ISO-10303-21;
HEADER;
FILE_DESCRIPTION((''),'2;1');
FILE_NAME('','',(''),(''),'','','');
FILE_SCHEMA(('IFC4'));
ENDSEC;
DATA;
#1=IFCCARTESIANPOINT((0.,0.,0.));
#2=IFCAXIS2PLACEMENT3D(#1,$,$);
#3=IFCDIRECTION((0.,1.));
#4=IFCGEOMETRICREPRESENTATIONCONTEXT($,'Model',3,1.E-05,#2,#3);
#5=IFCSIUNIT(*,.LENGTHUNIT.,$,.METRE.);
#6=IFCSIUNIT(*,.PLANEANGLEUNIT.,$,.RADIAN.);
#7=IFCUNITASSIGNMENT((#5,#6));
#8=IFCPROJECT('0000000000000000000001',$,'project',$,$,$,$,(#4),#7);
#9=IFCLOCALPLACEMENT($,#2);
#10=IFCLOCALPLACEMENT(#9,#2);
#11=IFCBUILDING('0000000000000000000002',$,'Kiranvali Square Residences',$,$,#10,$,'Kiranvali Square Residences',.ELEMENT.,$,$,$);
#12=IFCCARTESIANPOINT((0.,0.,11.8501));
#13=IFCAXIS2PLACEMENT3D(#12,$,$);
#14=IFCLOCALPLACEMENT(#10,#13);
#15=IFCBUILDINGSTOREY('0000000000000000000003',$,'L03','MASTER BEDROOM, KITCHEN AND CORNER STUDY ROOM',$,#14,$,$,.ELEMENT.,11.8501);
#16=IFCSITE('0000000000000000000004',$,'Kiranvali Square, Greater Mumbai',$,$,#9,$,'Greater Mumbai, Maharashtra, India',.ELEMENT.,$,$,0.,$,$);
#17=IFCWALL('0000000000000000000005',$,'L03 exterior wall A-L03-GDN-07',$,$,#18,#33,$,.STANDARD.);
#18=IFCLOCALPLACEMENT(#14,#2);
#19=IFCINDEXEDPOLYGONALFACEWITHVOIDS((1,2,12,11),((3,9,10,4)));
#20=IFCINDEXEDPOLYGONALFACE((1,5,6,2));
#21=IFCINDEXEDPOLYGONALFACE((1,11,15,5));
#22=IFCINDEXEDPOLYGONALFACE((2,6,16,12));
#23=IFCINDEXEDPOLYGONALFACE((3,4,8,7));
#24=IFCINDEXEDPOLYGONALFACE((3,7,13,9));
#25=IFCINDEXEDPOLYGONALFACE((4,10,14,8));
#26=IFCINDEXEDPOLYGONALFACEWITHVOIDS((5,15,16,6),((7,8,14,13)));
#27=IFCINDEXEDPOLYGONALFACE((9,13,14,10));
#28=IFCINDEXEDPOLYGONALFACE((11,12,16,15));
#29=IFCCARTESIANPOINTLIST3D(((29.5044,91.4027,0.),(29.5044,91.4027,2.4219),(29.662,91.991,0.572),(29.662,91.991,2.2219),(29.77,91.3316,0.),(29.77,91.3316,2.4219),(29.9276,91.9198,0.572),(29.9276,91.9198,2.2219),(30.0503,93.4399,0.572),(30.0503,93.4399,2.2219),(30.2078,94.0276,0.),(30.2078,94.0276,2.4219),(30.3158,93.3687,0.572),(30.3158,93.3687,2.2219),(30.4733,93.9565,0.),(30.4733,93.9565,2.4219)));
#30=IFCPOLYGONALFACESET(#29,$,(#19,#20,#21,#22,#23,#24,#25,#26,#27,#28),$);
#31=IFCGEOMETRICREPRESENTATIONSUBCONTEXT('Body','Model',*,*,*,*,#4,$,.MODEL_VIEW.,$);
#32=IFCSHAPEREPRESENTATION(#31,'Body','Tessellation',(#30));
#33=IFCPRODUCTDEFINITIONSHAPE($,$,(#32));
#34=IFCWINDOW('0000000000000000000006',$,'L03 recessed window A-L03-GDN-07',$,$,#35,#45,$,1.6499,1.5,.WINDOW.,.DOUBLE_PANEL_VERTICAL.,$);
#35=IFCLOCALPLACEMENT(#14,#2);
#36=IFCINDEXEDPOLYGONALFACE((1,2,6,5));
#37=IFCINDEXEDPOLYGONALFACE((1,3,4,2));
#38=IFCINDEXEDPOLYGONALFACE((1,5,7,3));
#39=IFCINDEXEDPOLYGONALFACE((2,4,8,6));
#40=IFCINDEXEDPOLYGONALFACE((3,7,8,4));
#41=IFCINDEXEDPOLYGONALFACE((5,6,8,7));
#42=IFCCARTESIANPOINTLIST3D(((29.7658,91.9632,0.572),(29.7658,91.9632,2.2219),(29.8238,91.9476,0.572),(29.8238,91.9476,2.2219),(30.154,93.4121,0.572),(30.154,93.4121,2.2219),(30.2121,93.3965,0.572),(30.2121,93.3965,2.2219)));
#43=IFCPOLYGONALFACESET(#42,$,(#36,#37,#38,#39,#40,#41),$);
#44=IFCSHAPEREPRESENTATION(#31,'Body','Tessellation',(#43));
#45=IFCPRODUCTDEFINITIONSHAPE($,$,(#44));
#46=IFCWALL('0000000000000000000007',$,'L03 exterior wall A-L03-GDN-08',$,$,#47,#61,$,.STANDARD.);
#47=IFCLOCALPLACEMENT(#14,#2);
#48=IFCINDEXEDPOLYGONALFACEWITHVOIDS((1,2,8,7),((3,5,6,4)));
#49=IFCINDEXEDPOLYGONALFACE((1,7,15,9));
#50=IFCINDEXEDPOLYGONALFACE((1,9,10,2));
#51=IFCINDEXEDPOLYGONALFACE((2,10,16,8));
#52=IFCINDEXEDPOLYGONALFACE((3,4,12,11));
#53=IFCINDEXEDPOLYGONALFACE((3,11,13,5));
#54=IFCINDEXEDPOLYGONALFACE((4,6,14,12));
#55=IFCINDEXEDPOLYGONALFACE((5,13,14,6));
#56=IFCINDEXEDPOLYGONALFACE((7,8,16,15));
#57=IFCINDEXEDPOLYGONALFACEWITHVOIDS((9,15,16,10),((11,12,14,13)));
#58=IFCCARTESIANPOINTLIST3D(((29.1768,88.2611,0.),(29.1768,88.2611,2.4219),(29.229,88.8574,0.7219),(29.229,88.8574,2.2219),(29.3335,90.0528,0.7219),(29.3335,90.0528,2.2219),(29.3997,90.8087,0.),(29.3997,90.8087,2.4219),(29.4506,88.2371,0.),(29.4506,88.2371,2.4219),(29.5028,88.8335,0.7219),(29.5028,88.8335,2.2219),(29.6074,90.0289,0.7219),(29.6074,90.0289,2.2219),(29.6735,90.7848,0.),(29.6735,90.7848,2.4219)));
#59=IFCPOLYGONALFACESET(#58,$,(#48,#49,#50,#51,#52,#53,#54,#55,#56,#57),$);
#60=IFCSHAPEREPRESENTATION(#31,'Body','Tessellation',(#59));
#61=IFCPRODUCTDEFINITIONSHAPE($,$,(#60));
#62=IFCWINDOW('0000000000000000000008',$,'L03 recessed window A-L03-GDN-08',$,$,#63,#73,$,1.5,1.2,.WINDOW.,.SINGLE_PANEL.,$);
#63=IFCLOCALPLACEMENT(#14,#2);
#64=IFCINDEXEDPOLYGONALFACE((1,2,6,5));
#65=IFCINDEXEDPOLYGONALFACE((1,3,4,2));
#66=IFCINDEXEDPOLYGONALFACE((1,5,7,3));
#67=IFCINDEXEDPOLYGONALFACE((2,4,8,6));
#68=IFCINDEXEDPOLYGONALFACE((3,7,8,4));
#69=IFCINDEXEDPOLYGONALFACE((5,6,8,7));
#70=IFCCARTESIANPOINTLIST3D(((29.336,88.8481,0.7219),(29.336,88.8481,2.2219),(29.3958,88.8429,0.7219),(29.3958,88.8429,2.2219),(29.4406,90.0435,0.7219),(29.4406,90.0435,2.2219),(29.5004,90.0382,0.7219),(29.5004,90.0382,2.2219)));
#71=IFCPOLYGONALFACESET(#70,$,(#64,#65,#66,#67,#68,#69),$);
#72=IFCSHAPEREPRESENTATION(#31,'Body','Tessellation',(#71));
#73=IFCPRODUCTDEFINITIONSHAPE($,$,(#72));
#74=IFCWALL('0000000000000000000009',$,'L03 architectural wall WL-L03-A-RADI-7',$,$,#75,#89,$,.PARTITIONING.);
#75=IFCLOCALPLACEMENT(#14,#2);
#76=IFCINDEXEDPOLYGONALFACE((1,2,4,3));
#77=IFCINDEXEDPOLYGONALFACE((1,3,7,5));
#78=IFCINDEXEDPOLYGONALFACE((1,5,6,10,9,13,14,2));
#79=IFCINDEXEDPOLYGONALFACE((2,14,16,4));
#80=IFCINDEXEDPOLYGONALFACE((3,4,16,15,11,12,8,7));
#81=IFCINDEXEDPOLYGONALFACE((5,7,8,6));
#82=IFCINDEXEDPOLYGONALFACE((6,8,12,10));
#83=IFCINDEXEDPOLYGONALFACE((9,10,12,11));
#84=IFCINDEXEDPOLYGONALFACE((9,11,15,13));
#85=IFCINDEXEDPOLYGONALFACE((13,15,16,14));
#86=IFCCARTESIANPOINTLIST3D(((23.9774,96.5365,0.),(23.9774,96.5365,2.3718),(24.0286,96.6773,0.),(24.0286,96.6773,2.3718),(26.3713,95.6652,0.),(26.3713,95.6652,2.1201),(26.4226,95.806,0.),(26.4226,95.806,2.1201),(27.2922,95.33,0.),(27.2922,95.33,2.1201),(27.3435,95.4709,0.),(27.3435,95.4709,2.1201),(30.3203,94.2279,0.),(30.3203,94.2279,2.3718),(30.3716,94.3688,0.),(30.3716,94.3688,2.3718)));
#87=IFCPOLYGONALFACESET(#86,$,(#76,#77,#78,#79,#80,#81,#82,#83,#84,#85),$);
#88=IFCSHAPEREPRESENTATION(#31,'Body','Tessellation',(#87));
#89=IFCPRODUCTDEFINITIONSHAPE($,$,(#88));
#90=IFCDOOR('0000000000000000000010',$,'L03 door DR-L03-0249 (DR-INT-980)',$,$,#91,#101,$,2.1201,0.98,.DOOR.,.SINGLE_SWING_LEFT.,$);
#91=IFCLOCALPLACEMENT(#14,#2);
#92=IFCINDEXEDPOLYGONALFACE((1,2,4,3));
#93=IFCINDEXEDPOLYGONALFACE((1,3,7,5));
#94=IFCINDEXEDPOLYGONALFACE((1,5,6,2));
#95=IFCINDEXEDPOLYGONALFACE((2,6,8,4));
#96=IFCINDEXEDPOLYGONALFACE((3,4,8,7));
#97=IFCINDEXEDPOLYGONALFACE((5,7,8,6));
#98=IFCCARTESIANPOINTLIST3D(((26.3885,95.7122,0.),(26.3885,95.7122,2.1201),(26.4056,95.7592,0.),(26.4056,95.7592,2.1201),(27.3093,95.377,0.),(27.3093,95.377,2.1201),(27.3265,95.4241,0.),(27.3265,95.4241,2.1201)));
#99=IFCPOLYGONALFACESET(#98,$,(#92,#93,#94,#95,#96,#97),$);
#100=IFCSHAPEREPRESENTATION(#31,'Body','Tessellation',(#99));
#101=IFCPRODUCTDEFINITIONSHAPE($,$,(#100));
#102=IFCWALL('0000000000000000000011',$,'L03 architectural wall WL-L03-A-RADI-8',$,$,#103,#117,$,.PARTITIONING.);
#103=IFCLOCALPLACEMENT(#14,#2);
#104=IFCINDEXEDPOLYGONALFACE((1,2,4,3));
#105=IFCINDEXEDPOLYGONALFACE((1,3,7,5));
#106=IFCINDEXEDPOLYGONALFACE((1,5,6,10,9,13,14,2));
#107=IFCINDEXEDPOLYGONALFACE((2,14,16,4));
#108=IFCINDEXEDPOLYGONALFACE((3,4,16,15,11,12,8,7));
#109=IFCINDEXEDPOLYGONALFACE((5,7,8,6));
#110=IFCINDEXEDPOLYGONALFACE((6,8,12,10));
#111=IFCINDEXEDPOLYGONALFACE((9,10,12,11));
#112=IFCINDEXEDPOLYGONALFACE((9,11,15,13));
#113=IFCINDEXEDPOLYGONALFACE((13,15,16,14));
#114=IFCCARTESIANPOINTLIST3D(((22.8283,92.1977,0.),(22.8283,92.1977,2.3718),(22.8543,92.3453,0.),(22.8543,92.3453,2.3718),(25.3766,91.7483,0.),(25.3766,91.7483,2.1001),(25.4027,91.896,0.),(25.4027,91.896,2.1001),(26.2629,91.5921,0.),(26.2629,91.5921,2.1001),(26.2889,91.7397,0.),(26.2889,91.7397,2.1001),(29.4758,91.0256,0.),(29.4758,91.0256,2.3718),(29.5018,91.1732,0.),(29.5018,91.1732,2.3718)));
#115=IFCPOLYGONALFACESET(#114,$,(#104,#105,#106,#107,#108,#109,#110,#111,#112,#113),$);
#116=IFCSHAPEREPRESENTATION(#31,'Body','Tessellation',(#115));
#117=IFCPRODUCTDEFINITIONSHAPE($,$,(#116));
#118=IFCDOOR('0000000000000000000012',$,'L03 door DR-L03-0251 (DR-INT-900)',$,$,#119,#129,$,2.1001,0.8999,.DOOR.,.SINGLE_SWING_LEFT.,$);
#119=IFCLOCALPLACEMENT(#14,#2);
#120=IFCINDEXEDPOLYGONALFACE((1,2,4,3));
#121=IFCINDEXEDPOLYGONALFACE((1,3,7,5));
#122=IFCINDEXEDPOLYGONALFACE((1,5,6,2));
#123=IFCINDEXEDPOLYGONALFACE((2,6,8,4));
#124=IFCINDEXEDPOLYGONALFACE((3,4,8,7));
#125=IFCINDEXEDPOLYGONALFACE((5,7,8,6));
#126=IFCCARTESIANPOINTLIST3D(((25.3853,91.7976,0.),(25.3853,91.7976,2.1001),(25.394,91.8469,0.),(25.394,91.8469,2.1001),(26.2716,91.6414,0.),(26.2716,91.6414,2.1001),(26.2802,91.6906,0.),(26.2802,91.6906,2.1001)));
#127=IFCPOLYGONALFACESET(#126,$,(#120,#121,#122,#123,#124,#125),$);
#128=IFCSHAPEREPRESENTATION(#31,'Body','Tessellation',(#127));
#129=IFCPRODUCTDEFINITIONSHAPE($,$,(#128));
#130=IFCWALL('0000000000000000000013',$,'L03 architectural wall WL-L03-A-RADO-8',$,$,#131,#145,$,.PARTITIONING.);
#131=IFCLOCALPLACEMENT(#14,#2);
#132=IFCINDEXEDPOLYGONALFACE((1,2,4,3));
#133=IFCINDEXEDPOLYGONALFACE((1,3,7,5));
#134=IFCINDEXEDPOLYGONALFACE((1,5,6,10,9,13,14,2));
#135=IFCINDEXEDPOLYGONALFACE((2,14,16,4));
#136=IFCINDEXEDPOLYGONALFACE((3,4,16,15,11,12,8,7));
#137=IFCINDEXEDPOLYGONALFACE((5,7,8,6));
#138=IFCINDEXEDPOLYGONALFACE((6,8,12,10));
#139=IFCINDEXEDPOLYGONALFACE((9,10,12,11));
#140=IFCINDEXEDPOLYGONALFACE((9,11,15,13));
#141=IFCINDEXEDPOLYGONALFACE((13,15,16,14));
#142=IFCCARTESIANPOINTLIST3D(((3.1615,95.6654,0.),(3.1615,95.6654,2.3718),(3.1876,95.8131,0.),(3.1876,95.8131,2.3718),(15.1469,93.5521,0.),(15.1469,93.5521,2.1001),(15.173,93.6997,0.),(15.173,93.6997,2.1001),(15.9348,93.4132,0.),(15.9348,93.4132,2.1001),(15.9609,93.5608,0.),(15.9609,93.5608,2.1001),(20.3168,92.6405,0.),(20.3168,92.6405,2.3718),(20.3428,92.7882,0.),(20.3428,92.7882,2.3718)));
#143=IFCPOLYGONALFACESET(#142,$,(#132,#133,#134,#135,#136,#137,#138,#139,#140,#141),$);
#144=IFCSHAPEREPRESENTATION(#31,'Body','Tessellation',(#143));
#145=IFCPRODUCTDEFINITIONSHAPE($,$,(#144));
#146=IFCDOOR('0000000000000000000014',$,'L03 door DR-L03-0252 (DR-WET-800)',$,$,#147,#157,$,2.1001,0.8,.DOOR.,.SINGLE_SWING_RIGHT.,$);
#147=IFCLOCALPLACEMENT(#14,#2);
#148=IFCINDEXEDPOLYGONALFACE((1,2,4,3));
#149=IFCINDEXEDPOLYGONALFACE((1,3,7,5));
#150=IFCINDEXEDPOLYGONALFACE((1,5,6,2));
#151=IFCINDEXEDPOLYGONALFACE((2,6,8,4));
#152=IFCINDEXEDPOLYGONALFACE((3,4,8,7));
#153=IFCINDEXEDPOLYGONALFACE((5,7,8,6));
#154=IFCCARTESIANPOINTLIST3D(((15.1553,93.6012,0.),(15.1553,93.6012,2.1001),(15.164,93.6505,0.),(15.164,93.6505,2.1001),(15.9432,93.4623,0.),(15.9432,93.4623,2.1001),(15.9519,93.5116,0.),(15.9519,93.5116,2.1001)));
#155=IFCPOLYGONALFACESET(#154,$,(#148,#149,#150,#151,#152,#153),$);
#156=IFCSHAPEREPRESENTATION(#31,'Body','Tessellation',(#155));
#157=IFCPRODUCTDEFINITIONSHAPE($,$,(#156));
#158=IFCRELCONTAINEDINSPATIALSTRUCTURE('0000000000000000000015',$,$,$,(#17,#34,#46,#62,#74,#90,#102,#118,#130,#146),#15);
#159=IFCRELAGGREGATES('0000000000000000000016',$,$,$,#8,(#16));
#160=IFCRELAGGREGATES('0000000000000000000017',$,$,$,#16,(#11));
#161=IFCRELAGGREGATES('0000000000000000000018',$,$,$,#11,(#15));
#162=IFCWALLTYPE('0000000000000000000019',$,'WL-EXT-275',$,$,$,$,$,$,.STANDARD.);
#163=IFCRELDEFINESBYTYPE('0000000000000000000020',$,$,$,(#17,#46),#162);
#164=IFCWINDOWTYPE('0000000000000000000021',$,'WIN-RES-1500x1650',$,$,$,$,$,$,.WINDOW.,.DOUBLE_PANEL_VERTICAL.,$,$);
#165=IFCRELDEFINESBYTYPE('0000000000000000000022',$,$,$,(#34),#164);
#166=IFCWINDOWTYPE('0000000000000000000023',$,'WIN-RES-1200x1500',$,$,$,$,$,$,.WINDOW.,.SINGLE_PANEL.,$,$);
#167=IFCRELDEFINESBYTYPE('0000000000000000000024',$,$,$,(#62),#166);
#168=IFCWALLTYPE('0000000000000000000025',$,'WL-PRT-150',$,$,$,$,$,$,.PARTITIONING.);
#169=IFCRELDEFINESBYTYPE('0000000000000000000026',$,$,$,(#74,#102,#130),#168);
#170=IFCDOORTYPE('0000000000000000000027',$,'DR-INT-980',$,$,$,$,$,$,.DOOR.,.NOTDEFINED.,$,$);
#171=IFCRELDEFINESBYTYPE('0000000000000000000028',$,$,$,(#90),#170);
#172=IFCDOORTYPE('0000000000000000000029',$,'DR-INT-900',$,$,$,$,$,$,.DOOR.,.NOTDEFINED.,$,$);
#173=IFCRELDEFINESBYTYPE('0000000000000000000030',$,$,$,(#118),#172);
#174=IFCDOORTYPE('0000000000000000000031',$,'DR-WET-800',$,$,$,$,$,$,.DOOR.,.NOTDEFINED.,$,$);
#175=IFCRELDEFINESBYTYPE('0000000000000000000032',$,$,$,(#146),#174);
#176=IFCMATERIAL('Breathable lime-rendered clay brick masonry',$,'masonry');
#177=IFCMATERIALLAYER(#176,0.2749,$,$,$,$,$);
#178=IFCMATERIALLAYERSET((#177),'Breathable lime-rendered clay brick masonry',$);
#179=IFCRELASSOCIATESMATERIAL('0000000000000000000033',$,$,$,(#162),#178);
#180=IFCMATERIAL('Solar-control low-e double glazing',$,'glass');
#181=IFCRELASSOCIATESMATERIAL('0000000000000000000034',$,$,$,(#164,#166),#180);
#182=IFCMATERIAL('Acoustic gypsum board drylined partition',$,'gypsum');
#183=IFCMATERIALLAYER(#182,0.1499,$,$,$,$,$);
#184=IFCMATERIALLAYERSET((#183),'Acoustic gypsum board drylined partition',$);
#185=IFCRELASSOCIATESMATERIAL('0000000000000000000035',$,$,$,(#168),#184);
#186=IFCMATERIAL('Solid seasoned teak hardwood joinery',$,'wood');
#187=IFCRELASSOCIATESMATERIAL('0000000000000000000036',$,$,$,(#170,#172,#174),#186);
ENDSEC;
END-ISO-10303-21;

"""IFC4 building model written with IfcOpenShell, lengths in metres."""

from ifc_helpers import new_model, si_unit, direction, frame, frame_2d, origin, place, context, subcontext, project, spatial, rectangle, extrude, material, layer, layer_set, type_object, element, fill, save


model = new_model("IFC4")

# Units and contexts
model_context = context("Model", 3, precision=1e-05, world=origin(), true_north=direction((0.0, 1.0)))
body_context = subcontext(model_context, "Body", "Model", "MODEL_VIEW")
ifc_project = project(units=[si_unit("LENGTHUNIT", "METRE"), si_unit("PLANEANGLEUNIT", "RADIAN")], contexts=[model_context])

# Site, building, storey
site_placement = place(None, origin())
site = spatial("IfcSite", under=ifc_project, at=site_placement, Name="Kiranvali Square, Greater Mumbai", LongName="Greater Mumbai, Maharashtra, India", CompositionType="ELEMENT", RefElevation=0.0)
building_placement = place(site_placement, origin())
building = spatial("IfcBuilding", under=site, at=building_placement, Name="Kiranvali Square Residences", LongName="Kiranvali Square Residences", CompositionType="ELEMENT")
storey_placement = place(building_placement, frame((0.0, 0.0, 11.8501)))
storey = spatial("IfcBuildingStorey", under=building, at=storey_placement, Name="L03", Description="MASTER BEDROOM, KITCHEN AND CORNER STUDY ROOM", CompositionType="ELEMENT", Elevation=11.8501)

# Walls, openings, windows
ifc_material_1 = material(Name="Breathable lime-rendered clay brick masonry", Category="masonry")
ifc_layer_1 = layer(ifc_material_1, 0.2749)
ifc_layer_set_1 = layer_set([ifc_layer_1], Name="Breathable lime-rendered clay brick masonry")
wall_type_1 = type_object("IfcWallType", Name="WL-EXT-275", PredefinedType="STANDARD", material=ifc_layer_set_1)
wall_1_placement = place(storey_placement, frame((30.3406, 93.9922, 0.0), z_axis=(0.0, 0.0, 1.0), x_axis=(-0.25882, -0.965926, 0.0)))
wall_1 = element("IfcWall", 1, at=wall_1_placement, inside=storey, type_object=wall_type_1, Name="L03 exterior wall A-L03-GDN-07", PredefinedType="STANDARD", context=body_context, shape_type="SweptSolid", body=[
    extrude(rectangle(XDim=2.7175, YDim=0.2749, at=frame_2d((1.3589, 0.0))), origin(), (0.0, 0.0, 1.0), 2.4219),
])
opening_1_placement = place(wall_1_placement, frame((0.6086, 0.0, 0.572)))
opening_1 = element("IfcOpeningElement", 2, at=opening_1_placement, cuts=wall_1, PredefinedType="OPENING", context=body_context, shape_type="SweptSolid", body=[
    extrude(rectangle(XDim=1.5, YDim=1.6499, at=frame_2d((0.75, 0.825))), frame((0.0, 0.1475, 0.0), z_axis=(0.0, -1.0, 0.0), x_axis=(1.0, 0.0, 0.0)), (0.0, 0.0, 1.0), 0.2949),
])
ifc_material_2 = material(Name="Solar-control low-e double glazing", Category="glass")
window_type_1 = type_object("IfcWindowType", Name="WIN-RES-1500x1650", PartitioningType="DOUBLE_PANEL_VERTICAL", PredefinedType="WINDOW", material=ifc_material_2)
window_1_placement = place(opening_1_placement, origin())
window_1 = element("IfcWindow", 3, at=window_1_placement, inside=storey, type_object=window_type_1, Name="L03 recessed window A-L03-GDN-07", OverallHeight=1.6499, OverallWidth=1.5, PartitioningType="DOUBLE_PANEL_VERTICAL", PredefinedType="WINDOW", context=body_context, shape_type="SweptSolid", body=[
    extrude(rectangle(XDim=1.5, YDim=1.6499, at=frame_2d((0.75, 0.825))), frame((0.0, 0.03, 0.0), z_axis=(0.0, -1.0, 0.0), x_axis=(1.0, 0.0, 0.0)), (0.0, 0.0, 1.0), 0.0601),
])
fill(opening_1, window_1)
wall_2_placement = place(storey_placement, frame((29.5366, 90.7969, 0.0), z_axis=(0.0, 0.0, 1.0), x_axis=(-0.087161, -0.996194, 0.0)))
wall_2 = element("IfcWall", 4, at=wall_2_placement, inside=storey, type_object=wall_type_1, Name="L03 exterior wall A-L03-GDN-08", PredefinedType="STANDARD", context=body_context, shape_type="SweptSolid", body=[
    extrude(rectangle(XDim=2.5574, YDim=0.2749, at=frame_2d((1.2788, 0.0))), origin(), (0.0, 0.0, 1.0), 2.4219),
])
opening_2_placement = place(wall_2_placement, frame((0.7588, 0.0, 0.7219)))
opening_2 = element("IfcOpeningElement", 5, at=opening_2_placement, cuts=wall_2, PredefinedType="OPENING", context=body_context, shape_type="SweptSolid", body=[
    extrude(rectangle(XDim=1.2, YDim=1.5, at=frame_2d((0.6001, 0.75))), frame((0.0, 0.1475, 0.0), z_axis=(0.0, -1.0, 0.0), x_axis=(1.0, 0.0, 0.0)), (0.0, 0.0, 1.0), 0.2949),
])
window_type_2 = type_object("IfcWindowType", Name="WIN-RES-1200x1500", PartitioningType="SINGLE_PANEL", PredefinedType="WINDOW", material=ifc_material_2)
window_2_placement = place(opening_2_placement, origin())
window_2 = element("IfcWindow", 6, at=window_2_placement, inside=storey, type_object=window_type_2, Name="L03 recessed window A-L03-GDN-08", OverallHeight=1.5, OverallWidth=1.2, PartitioningType="SINGLE_PANEL", PredefinedType="WINDOW", context=body_context, shape_type="SweptSolid", body=[
    extrude(rectangle(XDim=1.2, YDim=1.5, at=frame_2d((0.6001, 0.75))), frame((0.0, 0.03, 0.0), z_axis=(0.0, -1.0, 0.0), x_axis=(1.0, 0.0, 0.0)), (0.0, 0.0, 1.0), 0.0601),
])
fill(opening_2, window_2)

# Walls, openings, doors
ifc_material_3 = material(Name="Acoustic gypsum board drylined partition", Category="gypsum")
ifc_layer_2 = layer(ifc_material_3, 0.1499)
ifc_layer_set_2 = layer_set([ifc_layer_2], Name="Acoustic gypsum board drylined partition")
wall_type_2 = type_object("IfcWallType", Name="WL-PRT-150", PredefinedType="PARTITIONING", material=ifc_layer_set_2)
wall_3_placement = place(storey_placement, frame((30.3459, 94.2983, 0.0), z_axis=(0.0, 0.0, 1.0), x_axis=(-0.939696, 0.34201, 0.0)))
wall_3 = element("IfcWall", 7, at=wall_3_placement, inside=storey, type_object=wall_type_2, Name="L03 architectural wall WL-L03-A-RADI-7", PredefinedType="PARTITIONING", context=body_context, shape_type="SweptSolid", body=[
    extrude(rectangle(XDim=6.75, YDim=0.1499, at=frame_2d((3.375, 0.0))), origin(), (0.0, 0.0, 1.0), 2.3718),
])
opening_3_placement = place(wall_3_placement, frame((3.2224, 0.0, 0.0)))
opening_3 = element("IfcOpeningElement", 8, at=opening_3_placement, cuts=wall_3, PredefinedType="OPENING", context=body_context, shape_type="SweptSolid", body=[
    extrude(rectangle(XDim=0.98, YDim=2.1201, at=frame_2d((0.49, 1.0601))), frame((0.0, 0.085, 0.0), z_axis=(0.0, -1.0, 0.0), x_axis=(1.0, 0.0, 0.0)), (0.0, 0.0, 1.0), 0.1699),
])
ifc_material_4 = material(Name="Solid seasoned teak hardwood joinery", Category="wood")
door_type_1 = type_object("IfcDoorType", Name="DR-INT-980", OperationType="NOTDEFINED", PredefinedType="DOOR", material=ifc_material_4)
door_1_placement = place(opening_3_placement, origin())
door_1 = element("IfcDoor", 9, at=door_1_placement, inside=storey, type_object=door_type_1, Name="L03 door DR-L03-0249 (DR-INT-980)", OperationType="SINGLE_SWING_LEFT", OverallHeight=2.1201, OverallWidth=0.98, PredefinedType="DOOR", context=body_context, shape_type="SweptSolid", body=[
    extrude(rectangle(XDim=0.98, YDim=2.1201, at=frame_2d((0.49, 1.0601))), frame((0.0, 0.0249, 0.0), z_axis=(0.0, -1.0, 0.0), x_axis=(1.0, 0.0, 0.0)), (0.0, 0.0, 1.0), 0.05),
])
fill(opening_3, door_1)
wall_4_placement = place(storey_placement, frame((29.4888, 91.0994, 0.0), z_axis=(0.0, 0.0, 1.0), x_axis=(-0.984808, 0.173647, 0.0)))
wall_4 = element("IfcWall", 10, at=wall_4_placement, inside=storey, type_object=wall_type_2, Name="L03 architectural wall WL-L03-A-RADI-8", PredefinedType="PARTITIONING", context=body_context, shape_type="SweptSolid", body=[
    extrude(rectangle(XDim=6.75, YDim=0.1499, at=frame_2d((3.375, 0.0))), origin(), (0.0, 0.0, 1.0), 2.3718),
])
opening_4_placement = place(wall_4_placement, frame((3.2625, 0.0, 0.0)))
opening_4 = element("IfcOpeningElement", 11, at=opening_4_placement, cuts=wall_4, PredefinedType="OPENING", context=body_context, shape_type="SweptSolid", body=[
    extrude(rectangle(XDim=0.8999, YDim=2.1001, at=frame_2d((0.45, 1.05))), frame((0.0, 0.085, 0.0), z_axis=(0.0, -1.0, 0.0), x_axis=(1.0, 0.0, 0.0)), (0.0, 0.0, 1.0), 0.1699),
])
door_type_2 = type_object("IfcDoorType", Name="DR-INT-900", OperationType="NOTDEFINED", PredefinedType="DOOR", material=ifc_material_4)
door_2_placement = place(opening_4_placement, origin())
door_2 = element("IfcDoor", 12, at=door_2_placement, inside=storey, type_object=door_type_2, Name="L03 door DR-L03-0251 (DR-INT-900)", OperationType="SINGLE_SWING_LEFT", OverallHeight=2.1001, OverallWidth=0.8999, PredefinedType="DOOR", context=body_context, shape_type="SweptSolid", body=[
    extrude(rectangle(XDim=0.8999, YDim=2.1001, at=frame_2d((0.45, 1.05))), frame((0.0, 0.0249, 0.0), z_axis=(0.0, -1.0, 0.0), x_axis=(1.0, 0.0, 0.0)), (0.0, 0.0, 1.0), 0.05),
])
fill(opening_4, door_2)
wall_5_placement = place(storey_placement, frame((20.3298, 92.7144, 0.0), z_axis=(0.0, 0.0, 1.0), x_axis=(-0.984808, 0.173646, 0.0)))
wall_5 = element("IfcWall", 13, at=wall_5_placement, inside=storey, type_object=wall_type_2, Name="L03 architectural wall WL-L03-A-RADO-8", PredefinedType="PARTITIONING", context=body_context, shape_type="SweptSolid", body=[
    extrude(rectangle(XDim=17.4199, YDim=0.1499, at=frame_2d((8.71, 0.0))), origin(), (0.0, 0.0, 1.0), 2.3718),
])
opening_5_placement = place(wall_5_placement, frame((4.4497, 0.0, 0.0)))
opening_5 = element("IfcOpeningElement", 14, at=opening_5_placement, cuts=wall_5, PredefinedType="OPENING", context=body_context, shape_type="SweptSolid", body=[
    extrude(rectangle(XDim=0.8, YDim=2.1001, at=frame_2d((0.3999, 1.05))), frame((0.0, 0.085, 0.0), z_axis=(0.0, -1.0, 0.0), x_axis=(1.0, 0.0, 0.0)), (0.0, 0.0, 1.0), 0.1699),
])
door_type_3 = type_object("IfcDoorType", Name="DR-WET-800", OperationType="NOTDEFINED", PredefinedType="DOOR", material=ifc_material_4)
door_3_placement = place(opening_5_placement, frame((0.8, 0.0, 0.0), z_axis=(0.0, 0.0, 1.0), x_axis=(-1.0, 0.0, 0.0)))
door_3 = element("IfcDoor", 15, at=door_3_placement, inside=storey, type_object=door_type_3, Name="L03 door DR-L03-0252 (DR-WET-800)", OperationType="SINGLE_SWING_RIGHT", OverallHeight=2.1001, OverallWidth=0.8, PredefinedType="DOOR", context=body_context, shape_type="SweptSolid", body=[
    extrude(rectangle(XDim=0.8, YDim=2.1001, at=frame_2d((0.3999, 1.05))), frame((0.0, 0.0249, 0.0), z_axis=(0.0, -1.0, 0.0), x_axis=(1.0, 0.0, 0.0)), (0.0, 0.0, 1.0), 0.05),
])
fill(opening_5, door_3)

save(model, "model.ifc")
